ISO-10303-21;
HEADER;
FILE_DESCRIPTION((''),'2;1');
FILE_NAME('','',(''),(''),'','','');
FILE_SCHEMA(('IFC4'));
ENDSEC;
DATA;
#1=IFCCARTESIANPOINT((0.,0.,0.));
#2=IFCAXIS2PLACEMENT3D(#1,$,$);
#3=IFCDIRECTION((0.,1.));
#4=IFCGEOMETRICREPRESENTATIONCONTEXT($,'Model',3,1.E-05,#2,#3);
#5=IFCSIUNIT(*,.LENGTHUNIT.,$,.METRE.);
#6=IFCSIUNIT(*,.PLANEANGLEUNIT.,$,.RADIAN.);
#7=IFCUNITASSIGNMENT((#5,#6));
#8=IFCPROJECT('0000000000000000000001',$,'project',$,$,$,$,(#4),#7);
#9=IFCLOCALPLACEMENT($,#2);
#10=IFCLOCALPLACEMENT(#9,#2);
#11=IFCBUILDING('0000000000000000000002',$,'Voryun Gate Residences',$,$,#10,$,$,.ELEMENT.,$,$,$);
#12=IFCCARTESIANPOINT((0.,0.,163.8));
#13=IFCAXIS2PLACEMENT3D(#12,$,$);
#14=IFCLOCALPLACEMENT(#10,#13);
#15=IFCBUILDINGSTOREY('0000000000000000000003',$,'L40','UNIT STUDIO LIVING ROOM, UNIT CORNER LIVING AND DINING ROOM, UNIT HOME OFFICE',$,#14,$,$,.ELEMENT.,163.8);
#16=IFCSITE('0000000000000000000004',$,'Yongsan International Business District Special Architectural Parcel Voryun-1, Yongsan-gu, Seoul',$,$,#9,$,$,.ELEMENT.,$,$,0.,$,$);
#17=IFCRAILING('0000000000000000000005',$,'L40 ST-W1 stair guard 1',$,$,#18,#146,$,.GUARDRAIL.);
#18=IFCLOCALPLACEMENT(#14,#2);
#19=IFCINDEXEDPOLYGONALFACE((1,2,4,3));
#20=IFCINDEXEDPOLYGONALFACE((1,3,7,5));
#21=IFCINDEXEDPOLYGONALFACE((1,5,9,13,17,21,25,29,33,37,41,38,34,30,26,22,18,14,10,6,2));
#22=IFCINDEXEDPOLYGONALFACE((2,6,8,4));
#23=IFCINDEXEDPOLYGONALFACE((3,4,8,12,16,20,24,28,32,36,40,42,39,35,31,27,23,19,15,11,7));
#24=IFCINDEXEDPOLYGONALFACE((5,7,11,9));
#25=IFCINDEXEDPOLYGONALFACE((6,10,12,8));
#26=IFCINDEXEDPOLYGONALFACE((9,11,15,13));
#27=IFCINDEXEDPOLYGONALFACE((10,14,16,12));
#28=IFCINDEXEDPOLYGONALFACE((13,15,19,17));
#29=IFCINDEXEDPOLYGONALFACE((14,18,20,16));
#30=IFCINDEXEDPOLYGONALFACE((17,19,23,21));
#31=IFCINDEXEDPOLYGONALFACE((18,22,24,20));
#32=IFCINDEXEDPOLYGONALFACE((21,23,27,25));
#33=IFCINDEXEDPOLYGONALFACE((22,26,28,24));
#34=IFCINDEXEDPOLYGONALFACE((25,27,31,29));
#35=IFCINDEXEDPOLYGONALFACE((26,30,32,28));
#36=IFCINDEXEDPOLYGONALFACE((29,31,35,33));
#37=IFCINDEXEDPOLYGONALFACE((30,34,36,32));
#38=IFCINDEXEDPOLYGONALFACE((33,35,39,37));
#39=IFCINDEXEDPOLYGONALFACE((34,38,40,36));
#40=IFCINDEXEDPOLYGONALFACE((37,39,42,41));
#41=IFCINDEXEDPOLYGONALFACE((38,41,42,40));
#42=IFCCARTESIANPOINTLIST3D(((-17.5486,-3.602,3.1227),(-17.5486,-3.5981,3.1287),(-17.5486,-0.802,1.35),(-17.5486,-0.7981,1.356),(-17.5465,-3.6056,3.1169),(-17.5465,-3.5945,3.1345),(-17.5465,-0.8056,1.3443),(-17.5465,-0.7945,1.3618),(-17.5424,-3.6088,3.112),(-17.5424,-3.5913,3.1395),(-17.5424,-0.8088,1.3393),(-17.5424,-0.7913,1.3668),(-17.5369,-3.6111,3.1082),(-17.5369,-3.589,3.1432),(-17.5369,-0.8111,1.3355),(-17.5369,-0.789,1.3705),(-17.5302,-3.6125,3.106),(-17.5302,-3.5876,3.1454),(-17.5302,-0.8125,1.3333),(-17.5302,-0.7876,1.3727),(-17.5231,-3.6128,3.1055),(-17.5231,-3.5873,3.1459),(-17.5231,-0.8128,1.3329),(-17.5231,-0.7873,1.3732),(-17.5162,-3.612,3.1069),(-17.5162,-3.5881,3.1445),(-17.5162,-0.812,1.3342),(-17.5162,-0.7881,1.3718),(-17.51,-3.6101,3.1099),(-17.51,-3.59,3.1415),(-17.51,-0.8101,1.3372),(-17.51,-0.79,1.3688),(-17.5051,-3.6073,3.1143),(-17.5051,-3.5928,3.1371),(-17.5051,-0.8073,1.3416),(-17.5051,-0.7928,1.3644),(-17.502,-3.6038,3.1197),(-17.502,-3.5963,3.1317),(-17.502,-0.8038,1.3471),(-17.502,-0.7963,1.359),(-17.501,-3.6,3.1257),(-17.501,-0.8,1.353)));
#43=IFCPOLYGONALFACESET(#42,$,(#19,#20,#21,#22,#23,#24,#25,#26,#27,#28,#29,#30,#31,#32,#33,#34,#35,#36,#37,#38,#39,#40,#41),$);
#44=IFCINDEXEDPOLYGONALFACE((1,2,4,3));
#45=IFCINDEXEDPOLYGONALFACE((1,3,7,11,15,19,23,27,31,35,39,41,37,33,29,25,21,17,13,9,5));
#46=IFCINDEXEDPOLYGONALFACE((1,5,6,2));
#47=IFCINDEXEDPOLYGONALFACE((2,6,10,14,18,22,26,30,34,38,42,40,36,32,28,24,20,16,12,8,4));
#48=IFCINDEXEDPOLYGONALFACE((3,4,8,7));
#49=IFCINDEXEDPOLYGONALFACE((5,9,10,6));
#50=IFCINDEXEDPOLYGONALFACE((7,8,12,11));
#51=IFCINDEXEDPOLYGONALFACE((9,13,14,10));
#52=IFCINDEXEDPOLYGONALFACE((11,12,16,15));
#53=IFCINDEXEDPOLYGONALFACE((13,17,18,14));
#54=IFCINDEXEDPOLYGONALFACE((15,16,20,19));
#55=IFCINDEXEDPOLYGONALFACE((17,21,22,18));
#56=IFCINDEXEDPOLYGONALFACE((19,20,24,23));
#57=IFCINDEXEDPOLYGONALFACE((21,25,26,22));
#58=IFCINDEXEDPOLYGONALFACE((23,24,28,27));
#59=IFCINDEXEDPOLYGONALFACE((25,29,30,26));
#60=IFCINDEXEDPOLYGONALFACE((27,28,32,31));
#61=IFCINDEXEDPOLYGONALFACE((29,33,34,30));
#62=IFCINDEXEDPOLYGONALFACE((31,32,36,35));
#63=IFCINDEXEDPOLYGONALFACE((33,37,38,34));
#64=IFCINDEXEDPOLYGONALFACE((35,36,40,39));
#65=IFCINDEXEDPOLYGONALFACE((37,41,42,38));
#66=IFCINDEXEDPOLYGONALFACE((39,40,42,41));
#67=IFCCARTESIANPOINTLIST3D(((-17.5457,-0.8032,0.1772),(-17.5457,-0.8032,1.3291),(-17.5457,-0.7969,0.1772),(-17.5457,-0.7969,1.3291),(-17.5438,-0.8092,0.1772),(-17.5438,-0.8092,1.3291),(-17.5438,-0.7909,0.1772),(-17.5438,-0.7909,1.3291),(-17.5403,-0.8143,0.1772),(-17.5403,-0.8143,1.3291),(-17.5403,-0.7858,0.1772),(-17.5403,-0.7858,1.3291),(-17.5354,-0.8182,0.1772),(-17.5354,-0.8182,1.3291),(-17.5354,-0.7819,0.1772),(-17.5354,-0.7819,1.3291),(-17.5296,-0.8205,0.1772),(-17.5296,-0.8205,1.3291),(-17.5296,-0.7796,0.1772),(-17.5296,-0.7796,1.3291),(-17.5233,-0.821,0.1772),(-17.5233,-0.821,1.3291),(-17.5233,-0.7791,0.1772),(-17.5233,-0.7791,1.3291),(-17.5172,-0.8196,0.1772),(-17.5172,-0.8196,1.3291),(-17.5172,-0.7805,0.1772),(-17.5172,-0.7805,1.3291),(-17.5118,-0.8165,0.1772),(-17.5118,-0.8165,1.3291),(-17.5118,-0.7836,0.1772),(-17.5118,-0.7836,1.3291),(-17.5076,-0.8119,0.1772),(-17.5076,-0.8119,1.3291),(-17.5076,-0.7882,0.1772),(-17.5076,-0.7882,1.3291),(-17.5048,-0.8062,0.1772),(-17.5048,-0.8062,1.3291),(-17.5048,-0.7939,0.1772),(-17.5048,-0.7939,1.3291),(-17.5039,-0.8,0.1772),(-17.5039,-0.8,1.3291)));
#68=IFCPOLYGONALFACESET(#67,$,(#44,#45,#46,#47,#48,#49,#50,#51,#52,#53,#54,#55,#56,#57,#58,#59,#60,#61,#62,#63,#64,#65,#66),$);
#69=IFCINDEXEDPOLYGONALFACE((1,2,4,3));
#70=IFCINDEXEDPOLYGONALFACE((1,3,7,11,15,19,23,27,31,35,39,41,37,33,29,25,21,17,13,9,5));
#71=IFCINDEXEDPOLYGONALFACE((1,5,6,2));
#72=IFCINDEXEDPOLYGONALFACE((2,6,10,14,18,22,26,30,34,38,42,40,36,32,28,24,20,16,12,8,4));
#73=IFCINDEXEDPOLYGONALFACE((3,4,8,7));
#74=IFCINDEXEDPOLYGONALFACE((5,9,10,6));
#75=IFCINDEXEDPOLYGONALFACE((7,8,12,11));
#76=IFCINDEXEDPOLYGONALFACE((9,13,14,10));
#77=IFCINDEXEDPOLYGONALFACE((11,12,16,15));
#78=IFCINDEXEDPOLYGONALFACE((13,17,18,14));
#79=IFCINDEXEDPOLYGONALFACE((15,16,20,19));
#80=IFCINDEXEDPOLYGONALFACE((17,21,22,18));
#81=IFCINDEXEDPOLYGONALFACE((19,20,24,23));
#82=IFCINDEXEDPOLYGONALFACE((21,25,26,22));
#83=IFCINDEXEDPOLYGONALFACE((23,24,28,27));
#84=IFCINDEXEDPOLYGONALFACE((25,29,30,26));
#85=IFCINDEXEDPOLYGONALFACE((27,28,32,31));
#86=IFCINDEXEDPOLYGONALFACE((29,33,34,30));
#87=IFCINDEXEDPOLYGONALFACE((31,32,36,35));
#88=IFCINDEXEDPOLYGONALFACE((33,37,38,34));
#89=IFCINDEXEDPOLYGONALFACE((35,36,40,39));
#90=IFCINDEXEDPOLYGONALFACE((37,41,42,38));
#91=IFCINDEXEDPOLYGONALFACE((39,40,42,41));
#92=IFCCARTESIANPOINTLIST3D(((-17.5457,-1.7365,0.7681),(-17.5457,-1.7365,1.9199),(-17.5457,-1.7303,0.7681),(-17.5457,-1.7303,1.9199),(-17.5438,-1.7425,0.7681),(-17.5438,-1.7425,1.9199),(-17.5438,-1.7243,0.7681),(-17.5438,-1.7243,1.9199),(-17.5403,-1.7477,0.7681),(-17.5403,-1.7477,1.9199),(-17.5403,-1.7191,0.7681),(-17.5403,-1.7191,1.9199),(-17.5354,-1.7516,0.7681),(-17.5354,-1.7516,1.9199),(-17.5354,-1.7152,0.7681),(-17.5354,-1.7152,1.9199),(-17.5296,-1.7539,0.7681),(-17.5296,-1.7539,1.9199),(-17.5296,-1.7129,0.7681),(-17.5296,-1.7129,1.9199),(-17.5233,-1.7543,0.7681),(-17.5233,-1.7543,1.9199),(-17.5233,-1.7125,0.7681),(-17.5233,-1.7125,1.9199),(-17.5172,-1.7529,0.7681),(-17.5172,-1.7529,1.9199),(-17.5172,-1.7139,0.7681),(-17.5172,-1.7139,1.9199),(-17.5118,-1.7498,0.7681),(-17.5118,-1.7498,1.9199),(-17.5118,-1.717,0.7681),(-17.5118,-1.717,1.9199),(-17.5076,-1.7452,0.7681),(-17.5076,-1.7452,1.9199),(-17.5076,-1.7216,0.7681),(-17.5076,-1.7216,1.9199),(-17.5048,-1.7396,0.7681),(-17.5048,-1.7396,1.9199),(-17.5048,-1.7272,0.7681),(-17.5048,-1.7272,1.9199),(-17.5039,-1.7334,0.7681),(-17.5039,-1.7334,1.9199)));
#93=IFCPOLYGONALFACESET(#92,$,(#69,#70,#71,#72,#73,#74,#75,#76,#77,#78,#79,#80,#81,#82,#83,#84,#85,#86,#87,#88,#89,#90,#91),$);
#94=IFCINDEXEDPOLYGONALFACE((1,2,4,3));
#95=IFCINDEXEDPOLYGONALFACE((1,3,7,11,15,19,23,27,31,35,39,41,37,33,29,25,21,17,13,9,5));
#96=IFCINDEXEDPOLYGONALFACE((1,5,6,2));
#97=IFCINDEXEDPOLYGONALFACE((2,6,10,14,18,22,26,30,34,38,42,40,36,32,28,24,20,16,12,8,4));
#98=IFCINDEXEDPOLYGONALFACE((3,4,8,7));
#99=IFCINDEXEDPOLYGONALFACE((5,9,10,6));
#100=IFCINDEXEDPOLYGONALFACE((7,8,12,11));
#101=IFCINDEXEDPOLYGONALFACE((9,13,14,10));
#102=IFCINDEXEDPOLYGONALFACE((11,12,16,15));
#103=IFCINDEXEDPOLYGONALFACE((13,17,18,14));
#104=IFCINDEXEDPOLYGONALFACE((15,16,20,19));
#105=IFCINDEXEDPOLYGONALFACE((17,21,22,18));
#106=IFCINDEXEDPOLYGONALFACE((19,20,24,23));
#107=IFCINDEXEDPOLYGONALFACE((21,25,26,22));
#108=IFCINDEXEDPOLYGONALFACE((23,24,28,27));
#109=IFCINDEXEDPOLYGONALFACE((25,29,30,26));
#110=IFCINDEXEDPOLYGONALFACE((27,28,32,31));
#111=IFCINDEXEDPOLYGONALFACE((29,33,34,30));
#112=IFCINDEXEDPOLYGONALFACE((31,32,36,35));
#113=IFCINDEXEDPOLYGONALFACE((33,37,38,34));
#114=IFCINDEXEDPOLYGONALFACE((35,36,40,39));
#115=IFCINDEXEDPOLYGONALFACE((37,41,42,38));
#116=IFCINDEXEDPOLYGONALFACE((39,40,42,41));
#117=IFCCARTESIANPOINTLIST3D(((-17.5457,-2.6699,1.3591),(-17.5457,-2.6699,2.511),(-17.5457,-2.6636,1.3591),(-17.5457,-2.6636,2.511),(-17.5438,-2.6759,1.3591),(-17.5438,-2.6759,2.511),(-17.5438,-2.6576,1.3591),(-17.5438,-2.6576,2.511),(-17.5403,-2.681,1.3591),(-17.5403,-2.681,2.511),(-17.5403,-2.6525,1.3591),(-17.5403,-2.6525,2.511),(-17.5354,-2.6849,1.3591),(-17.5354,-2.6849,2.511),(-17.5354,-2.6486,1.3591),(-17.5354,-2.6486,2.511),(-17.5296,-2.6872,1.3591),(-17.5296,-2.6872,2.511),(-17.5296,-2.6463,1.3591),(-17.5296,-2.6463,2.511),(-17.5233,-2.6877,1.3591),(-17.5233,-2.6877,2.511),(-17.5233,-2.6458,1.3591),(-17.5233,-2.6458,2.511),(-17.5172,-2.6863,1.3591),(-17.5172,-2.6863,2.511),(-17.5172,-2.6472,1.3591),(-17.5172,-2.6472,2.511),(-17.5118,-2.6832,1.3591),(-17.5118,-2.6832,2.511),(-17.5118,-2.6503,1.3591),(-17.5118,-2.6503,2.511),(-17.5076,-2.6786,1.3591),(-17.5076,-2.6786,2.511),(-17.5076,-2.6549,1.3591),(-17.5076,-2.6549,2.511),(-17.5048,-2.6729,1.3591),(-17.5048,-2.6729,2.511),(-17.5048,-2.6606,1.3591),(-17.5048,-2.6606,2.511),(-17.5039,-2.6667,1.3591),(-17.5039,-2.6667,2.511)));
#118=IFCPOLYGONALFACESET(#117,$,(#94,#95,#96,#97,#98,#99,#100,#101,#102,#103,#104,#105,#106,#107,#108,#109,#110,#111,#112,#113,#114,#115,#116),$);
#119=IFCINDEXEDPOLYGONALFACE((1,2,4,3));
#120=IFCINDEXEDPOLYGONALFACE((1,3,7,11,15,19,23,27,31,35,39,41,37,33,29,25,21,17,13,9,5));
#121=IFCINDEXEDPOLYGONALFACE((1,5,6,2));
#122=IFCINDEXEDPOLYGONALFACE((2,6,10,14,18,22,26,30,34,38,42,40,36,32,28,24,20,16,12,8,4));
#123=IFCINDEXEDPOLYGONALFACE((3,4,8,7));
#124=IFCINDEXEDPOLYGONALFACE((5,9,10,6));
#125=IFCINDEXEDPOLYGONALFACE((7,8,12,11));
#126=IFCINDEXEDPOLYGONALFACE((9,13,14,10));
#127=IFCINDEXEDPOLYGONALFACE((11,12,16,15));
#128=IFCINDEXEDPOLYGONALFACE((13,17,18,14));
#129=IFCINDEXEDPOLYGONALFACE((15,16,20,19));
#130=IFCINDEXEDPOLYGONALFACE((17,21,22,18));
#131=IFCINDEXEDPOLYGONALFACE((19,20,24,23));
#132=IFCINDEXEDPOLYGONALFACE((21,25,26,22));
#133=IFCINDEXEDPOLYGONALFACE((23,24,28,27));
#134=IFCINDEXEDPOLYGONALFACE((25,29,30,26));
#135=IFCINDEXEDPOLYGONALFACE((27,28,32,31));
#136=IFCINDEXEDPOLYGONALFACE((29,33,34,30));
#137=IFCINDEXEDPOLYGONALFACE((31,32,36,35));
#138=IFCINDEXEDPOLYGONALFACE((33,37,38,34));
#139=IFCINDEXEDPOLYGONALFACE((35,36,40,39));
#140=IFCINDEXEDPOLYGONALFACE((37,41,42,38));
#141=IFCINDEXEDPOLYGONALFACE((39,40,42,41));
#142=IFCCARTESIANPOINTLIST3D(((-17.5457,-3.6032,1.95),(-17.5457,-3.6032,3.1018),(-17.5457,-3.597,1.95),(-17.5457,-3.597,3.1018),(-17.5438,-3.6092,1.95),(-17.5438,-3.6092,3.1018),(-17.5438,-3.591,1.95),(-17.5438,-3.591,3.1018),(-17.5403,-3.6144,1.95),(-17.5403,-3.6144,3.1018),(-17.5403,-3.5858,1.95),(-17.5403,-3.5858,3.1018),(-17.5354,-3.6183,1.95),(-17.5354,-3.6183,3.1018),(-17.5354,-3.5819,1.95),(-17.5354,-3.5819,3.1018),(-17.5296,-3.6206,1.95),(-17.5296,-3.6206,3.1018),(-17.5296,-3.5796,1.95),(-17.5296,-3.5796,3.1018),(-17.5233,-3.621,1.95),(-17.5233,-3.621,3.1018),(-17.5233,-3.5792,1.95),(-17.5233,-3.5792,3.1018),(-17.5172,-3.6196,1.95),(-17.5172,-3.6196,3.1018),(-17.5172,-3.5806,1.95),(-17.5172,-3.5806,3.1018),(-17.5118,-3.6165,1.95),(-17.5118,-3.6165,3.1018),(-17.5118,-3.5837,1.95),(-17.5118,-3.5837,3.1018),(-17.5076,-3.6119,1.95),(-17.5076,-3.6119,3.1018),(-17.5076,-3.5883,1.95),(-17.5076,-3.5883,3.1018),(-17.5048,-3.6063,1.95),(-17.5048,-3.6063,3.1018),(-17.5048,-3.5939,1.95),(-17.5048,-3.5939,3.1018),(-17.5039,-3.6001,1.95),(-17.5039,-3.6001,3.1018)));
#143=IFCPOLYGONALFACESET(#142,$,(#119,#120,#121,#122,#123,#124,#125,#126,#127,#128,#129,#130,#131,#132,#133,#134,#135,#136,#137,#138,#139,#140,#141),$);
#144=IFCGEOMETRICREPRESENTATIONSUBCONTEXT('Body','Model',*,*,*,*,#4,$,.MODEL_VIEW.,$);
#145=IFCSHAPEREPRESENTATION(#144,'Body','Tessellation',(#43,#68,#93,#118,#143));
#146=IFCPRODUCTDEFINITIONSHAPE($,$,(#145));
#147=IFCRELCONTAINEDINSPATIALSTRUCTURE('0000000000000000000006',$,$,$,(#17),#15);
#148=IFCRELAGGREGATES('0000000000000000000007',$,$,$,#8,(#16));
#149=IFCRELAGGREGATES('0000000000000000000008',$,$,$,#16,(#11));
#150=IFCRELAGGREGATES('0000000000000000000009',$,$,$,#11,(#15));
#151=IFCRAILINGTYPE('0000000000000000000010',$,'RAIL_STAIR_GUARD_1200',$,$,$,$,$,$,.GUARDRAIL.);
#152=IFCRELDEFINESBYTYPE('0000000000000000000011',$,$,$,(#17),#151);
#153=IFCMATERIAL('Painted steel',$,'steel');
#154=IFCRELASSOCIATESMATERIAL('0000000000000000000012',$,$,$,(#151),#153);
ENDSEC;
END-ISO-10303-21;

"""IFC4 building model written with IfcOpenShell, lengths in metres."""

from ifc_helpers import new_model, si_unit, direction, frame, origin, origin_2d, place, context, subcontext, project, spatial, circle, extrude, material, type_object, element, save


model = new_model("IFC4")

# Units and contexts
model_context = context("Model", 3, precision=1e-05, world=origin(), true_north=direction((0.0, 1.0)))
body_context = subcontext(model_context, "Body", "Model", "MODEL_VIEW")
ifc_project = project(units=[si_unit("LENGTHUNIT", "METRE"), si_unit("PLANEANGLEUNIT", "RADIAN")], contexts=[model_context])

# Site, building, storey
site_placement = place(None, origin())
site = spatial("IfcSite", under=ifc_project, at=site_placement, Name="Yongsan International Business District Special Architectural Parcel Voryun-1, Yongsan-gu, Seoul", CompositionType="ELEMENT", RefElevation=0.0)
building_placement = place(site_placement, origin())
building = spatial("IfcBuilding", under=site, at=building_placement, Name="Voryun Gate Residences", CompositionType="ELEMENT")
storey_placement = place(building_placement, frame((0.0, 0.0, 163.8)))
storey = spatial("IfcBuildingStorey", under=building, at=storey_placement, Name="L40", Description="UNIT STUDIO LIVING ROOM, UNIT CORNER LIVING AND DINING ROOM, UNIT HOME OFFICE", CompositionType="ELEMENT", Elevation=163.8)

# Railing
ifc_material_1 = material(Name="Painted steel", Category="steel")
railing_type_1 = type_object("IfcRailingType", Name="RAIL_STAIR_GUARD_1200", PredefinedType="GUARDRAIL", material=ifc_material_1)
railing_1_placement = place(storey_placement, frame((-17.5249, -0.8, 0.1772)))
element("IfcRailing", 1, at=railing_1_placement, inside=storey, type_object=railing_type_1, Name="L40 ST-W1 stair guard 1", PredefinedType="GUARDRAIL", context=body_context, shape_type="SweptSolid", body=[
    extrude(circle(Radius=0.0239, at=origin_2d()), frame((0.0, 0.0, 1.1758), z_axis=(0.0, -0.844909, 0.53491), x_axis=(1.0, 0.0, 0.0)), (0.0, 0.0, 1.0), 3.314),
    extrude(circle(Radius=0.021, at=origin_2d()), origin(), (0.0, 0.0, 1.0), 1.1519),
    extrude(circle(Radius=0.021, at=origin_2d()), frame((0.0, -0.9333, 0.5908)), (0.0, 0.0, 1.0), 1.1519),
    extrude(circle(Radius=0.021, at=origin_2d()), frame((0.0, -1.8667, 1.1819)), (0.0, 0.0, 1.0), 1.1519),
    extrude(circle(Radius=0.021, at=origin_2d()), frame((0.0, -2.8, 1.7727)), (0.0, 0.0, 1.0), 1.1519),
])

save(model, "model.ifc")
